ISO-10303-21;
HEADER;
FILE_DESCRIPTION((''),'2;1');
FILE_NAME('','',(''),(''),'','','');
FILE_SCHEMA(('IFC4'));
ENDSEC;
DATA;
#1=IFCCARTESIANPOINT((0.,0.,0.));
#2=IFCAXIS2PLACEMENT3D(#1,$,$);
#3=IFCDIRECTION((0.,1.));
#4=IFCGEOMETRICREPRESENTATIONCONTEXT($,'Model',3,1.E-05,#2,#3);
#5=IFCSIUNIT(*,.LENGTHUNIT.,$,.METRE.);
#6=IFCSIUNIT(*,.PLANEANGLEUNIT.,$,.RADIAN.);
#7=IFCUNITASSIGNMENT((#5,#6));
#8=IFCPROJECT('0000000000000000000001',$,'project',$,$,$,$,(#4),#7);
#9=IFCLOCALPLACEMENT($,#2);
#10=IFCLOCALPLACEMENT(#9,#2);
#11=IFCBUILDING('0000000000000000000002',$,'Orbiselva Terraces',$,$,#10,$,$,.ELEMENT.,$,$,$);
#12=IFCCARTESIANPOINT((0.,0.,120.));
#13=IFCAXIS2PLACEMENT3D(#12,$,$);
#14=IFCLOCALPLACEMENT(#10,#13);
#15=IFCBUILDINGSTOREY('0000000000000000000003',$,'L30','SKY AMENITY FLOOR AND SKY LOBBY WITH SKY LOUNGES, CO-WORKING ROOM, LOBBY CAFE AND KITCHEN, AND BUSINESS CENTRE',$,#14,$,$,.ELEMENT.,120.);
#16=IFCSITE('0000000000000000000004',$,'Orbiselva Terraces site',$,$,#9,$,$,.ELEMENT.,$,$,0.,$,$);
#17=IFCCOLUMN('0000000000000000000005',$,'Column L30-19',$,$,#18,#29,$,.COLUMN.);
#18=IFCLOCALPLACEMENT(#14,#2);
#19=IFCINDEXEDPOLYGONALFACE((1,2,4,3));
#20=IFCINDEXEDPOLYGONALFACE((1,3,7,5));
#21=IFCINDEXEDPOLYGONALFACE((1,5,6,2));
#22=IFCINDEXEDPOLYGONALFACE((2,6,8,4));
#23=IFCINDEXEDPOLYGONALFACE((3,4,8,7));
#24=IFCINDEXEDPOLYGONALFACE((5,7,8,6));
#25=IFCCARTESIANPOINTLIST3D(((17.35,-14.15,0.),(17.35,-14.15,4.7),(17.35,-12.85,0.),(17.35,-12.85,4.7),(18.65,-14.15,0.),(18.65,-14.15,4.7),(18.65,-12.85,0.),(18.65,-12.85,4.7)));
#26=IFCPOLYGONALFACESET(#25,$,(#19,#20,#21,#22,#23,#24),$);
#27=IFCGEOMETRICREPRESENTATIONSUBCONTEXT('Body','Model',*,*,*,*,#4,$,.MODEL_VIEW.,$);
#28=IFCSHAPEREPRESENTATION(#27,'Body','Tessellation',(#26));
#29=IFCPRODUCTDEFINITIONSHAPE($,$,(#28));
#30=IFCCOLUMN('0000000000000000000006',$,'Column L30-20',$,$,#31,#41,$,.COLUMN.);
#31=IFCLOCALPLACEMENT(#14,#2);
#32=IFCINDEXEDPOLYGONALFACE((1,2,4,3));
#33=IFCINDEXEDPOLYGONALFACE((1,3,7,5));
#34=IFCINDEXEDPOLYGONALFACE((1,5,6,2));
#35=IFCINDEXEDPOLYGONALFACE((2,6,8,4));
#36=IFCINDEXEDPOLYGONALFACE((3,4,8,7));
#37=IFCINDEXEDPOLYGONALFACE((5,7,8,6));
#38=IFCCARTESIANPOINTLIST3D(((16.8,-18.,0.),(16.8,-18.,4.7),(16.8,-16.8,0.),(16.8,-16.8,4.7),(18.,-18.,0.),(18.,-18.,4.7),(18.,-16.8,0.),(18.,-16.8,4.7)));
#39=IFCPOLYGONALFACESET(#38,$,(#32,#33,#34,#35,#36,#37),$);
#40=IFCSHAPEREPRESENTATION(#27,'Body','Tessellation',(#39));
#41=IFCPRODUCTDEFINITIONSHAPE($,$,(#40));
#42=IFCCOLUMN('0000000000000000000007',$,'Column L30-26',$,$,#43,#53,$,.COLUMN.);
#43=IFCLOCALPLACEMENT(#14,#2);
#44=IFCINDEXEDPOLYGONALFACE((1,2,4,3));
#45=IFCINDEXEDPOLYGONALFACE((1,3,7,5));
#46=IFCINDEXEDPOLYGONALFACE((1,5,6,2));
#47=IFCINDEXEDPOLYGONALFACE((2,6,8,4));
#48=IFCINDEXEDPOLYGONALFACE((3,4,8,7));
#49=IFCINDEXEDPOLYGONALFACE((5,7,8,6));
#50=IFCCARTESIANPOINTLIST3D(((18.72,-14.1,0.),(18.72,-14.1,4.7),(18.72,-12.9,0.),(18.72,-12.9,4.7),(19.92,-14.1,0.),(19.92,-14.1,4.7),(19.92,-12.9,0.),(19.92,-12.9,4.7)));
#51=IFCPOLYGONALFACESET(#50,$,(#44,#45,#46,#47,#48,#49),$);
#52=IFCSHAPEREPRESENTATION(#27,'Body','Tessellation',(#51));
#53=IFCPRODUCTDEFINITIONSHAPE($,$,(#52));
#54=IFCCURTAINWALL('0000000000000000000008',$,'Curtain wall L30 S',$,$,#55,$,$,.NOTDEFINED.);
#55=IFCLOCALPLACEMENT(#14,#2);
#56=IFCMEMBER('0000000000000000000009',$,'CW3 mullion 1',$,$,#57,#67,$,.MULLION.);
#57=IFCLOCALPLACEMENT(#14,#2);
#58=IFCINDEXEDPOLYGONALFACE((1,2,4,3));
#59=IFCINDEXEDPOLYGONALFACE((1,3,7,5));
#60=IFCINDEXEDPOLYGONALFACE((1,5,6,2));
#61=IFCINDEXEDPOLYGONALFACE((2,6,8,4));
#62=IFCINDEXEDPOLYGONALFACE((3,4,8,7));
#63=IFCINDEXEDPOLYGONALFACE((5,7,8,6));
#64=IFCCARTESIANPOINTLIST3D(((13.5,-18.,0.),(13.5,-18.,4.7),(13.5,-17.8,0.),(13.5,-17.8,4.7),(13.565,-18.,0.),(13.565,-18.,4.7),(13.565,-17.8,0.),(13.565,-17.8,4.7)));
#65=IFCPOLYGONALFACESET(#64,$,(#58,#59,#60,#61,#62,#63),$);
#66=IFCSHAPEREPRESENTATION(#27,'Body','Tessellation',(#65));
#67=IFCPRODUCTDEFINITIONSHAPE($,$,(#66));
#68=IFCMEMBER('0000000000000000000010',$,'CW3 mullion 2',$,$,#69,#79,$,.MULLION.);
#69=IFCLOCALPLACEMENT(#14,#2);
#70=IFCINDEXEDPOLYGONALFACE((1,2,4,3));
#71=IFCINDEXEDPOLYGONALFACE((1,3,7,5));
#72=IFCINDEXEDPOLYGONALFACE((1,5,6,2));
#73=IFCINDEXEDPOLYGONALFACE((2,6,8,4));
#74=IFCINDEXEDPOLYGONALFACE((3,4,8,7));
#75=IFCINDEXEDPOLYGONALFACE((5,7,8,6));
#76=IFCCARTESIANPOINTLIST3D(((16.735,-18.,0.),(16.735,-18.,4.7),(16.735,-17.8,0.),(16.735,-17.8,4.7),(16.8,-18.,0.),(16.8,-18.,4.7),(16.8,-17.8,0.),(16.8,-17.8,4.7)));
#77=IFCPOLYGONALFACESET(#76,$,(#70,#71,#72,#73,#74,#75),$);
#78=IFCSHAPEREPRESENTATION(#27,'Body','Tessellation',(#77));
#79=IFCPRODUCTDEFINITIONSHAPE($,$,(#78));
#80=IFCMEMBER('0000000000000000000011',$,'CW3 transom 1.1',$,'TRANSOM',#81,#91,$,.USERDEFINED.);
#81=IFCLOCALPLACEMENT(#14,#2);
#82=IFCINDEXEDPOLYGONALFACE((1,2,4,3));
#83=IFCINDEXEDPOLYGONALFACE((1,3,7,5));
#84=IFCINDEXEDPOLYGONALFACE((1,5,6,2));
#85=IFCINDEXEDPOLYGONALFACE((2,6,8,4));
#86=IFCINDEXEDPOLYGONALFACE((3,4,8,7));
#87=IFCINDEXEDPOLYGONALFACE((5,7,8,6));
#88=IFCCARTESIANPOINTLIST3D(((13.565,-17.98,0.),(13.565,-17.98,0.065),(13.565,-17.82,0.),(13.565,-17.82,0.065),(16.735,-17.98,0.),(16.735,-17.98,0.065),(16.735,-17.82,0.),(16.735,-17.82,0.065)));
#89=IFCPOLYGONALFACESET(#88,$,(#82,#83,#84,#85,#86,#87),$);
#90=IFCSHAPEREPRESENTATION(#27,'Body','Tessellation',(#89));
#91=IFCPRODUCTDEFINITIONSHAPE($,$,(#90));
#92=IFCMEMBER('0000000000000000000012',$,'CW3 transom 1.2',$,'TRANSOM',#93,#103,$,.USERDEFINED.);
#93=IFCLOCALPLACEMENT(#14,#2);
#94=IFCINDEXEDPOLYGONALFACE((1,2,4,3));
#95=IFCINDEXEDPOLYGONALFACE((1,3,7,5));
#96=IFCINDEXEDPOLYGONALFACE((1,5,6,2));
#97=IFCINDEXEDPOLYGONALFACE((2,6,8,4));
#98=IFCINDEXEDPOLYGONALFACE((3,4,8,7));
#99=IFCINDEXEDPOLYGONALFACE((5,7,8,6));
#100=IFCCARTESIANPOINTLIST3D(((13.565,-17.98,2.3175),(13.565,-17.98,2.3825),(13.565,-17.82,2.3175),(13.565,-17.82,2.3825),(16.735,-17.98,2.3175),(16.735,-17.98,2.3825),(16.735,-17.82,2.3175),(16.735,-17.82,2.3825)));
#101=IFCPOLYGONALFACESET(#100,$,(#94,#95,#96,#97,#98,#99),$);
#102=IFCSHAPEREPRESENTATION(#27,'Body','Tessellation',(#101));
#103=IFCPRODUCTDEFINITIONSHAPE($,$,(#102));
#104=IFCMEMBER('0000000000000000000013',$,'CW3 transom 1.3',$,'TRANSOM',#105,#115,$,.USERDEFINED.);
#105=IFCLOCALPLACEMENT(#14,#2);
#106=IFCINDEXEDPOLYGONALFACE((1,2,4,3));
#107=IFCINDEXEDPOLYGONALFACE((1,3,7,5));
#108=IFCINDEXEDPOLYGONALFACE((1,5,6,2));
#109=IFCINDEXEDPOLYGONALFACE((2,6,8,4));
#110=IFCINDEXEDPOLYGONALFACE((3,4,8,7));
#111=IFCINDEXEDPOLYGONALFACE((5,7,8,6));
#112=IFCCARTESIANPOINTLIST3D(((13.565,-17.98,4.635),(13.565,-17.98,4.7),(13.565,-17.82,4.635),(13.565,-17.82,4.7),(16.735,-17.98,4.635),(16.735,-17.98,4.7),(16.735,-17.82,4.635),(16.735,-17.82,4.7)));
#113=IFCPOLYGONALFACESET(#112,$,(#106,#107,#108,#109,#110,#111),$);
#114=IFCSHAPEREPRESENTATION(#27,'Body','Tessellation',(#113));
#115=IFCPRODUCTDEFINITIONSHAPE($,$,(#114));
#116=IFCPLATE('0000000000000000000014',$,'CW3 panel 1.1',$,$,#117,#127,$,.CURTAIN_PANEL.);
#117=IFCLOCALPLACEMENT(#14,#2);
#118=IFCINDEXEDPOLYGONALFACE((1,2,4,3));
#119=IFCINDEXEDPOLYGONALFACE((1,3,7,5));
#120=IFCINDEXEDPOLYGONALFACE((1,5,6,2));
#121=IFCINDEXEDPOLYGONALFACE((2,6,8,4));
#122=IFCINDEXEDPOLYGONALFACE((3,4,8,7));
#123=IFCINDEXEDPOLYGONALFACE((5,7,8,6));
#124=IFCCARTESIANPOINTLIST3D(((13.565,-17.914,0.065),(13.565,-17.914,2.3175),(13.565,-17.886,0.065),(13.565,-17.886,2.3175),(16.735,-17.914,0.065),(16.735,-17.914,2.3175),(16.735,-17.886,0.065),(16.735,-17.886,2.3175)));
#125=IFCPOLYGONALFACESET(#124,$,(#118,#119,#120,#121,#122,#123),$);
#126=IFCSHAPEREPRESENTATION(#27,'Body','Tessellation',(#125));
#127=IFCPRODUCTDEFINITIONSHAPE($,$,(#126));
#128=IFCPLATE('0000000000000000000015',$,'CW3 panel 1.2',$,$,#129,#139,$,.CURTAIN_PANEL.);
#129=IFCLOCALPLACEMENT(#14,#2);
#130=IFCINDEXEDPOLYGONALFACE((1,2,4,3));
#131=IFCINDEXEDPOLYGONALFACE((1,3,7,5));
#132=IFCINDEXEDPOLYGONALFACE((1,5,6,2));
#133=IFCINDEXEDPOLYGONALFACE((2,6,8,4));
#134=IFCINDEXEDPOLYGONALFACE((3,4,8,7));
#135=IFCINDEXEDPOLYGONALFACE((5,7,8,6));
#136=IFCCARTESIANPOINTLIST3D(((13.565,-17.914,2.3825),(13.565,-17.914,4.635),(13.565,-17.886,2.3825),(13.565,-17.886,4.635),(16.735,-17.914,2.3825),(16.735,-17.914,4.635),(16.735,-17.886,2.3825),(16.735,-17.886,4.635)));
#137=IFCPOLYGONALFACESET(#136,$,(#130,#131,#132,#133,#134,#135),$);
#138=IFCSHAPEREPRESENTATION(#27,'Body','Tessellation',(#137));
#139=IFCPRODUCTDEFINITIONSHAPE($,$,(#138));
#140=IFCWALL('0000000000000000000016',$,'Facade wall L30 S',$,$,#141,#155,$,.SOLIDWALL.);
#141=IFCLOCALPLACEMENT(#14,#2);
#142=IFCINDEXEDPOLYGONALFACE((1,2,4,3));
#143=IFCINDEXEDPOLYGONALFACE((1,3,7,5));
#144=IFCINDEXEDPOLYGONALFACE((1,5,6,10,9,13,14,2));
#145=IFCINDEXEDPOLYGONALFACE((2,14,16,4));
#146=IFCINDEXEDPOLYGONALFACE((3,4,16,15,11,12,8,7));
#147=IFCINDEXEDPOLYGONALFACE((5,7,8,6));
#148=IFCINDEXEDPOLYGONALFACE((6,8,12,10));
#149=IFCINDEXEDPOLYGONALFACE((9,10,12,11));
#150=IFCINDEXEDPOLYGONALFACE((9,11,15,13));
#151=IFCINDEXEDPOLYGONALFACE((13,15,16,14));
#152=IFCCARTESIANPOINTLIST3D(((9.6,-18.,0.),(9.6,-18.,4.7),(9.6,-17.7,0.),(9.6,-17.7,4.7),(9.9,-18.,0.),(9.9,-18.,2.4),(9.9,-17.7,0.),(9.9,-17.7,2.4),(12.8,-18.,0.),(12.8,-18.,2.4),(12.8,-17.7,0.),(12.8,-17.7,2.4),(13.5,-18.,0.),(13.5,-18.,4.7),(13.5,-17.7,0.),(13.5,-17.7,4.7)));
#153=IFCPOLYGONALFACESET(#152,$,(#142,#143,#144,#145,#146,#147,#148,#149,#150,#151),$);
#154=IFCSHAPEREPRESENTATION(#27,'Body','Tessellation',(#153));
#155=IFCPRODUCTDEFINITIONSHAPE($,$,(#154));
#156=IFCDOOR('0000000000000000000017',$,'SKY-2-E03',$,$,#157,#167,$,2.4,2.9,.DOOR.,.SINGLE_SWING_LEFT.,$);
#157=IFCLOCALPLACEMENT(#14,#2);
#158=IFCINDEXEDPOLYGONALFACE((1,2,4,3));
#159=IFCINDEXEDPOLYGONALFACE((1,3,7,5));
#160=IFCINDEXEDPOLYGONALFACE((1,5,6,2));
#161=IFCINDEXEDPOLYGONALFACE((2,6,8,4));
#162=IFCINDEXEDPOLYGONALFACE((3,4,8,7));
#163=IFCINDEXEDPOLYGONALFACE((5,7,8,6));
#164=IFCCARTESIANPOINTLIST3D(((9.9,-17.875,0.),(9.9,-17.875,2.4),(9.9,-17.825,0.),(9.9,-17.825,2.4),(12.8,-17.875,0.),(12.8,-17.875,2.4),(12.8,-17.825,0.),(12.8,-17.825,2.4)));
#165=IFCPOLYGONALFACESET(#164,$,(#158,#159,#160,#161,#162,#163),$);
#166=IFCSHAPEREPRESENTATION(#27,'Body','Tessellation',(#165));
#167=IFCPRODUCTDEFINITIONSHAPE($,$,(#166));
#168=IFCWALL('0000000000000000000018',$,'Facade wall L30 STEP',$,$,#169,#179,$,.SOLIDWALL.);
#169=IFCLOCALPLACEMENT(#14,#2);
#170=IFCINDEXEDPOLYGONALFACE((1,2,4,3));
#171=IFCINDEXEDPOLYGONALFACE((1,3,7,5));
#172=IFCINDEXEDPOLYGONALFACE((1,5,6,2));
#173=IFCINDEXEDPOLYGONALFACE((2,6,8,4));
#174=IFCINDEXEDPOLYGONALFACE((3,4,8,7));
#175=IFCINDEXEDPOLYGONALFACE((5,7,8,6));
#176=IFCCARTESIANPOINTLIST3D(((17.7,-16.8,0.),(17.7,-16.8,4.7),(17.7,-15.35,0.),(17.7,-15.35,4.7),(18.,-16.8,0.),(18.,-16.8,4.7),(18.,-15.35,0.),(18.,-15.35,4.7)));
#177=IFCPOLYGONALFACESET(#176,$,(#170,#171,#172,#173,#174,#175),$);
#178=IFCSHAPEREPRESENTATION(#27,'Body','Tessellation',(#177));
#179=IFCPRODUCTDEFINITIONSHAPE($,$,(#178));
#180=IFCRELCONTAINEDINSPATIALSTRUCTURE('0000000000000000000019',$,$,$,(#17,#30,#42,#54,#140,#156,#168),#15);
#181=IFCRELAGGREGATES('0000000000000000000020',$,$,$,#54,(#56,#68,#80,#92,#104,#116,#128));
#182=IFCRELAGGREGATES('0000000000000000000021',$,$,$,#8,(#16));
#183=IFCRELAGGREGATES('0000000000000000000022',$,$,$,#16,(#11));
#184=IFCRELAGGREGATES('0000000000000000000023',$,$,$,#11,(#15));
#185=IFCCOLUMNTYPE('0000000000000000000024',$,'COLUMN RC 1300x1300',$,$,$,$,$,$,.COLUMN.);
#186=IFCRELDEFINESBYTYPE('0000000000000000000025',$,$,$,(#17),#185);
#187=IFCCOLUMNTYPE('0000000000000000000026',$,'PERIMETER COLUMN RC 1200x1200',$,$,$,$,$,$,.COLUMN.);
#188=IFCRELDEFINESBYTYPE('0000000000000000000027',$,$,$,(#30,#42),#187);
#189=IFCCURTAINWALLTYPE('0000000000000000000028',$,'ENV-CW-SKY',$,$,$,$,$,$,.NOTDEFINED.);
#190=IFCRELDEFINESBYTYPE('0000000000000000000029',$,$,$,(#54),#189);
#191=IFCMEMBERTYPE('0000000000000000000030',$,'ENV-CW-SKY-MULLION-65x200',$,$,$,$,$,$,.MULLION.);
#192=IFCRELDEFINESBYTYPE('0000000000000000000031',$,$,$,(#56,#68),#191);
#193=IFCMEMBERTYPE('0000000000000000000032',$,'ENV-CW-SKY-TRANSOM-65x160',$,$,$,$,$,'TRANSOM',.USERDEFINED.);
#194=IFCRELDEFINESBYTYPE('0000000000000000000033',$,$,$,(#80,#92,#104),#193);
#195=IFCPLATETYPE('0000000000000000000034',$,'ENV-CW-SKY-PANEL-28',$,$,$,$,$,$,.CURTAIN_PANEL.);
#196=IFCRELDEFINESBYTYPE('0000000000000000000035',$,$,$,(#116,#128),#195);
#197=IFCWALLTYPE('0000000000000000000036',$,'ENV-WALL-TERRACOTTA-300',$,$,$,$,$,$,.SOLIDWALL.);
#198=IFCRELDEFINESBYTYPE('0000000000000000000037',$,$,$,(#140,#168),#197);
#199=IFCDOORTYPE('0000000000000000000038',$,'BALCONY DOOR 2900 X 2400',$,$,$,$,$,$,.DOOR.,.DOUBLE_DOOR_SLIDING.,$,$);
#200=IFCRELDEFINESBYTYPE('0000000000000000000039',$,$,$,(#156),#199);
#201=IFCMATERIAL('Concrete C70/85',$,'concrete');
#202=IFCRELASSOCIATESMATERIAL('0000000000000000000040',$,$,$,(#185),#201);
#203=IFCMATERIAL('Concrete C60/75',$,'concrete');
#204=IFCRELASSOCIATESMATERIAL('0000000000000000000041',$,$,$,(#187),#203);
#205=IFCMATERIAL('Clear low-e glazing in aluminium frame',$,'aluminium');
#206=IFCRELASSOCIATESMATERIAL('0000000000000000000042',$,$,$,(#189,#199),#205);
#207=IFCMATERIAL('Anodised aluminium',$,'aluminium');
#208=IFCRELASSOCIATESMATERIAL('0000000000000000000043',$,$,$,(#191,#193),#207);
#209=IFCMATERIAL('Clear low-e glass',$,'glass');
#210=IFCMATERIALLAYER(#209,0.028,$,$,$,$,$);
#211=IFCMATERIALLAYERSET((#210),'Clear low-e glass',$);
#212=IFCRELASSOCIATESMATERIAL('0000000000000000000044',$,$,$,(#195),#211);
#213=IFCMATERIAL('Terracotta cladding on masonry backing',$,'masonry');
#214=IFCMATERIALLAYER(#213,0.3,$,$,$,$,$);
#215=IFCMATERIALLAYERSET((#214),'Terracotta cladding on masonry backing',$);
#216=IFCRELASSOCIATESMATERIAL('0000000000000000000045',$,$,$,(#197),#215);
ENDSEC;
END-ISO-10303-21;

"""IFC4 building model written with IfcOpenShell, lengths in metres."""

from ifc_helpers import new_model, si_unit, direction, frame, frame_2d, origin, origin_2d, place, context, subcontext, project, spatial, rectangle, extrude, material, layer, layer_set, material_profile, profile_set, type_object, element, fill, aggregate, save


model = new_model("IFC4")

# Units and contexts
model_context = context("Model", 3, precision=1e-05, world=origin(), true_north=direction((0.0, 1.0)))
body_context = subcontext(model_context, "Body", "Model", "MODEL_VIEW")
ifc_project = project(units=[si_unit("LENGTHUNIT", "METRE"), si_unit("PLANEANGLEUNIT", "RADIAN")], contexts=[model_context])

# Site, building, storey
site_placement = place(None, origin())
site = spatial("IfcSite", under=ifc_project, at=site_placement, Name="Orbiselva Terraces site", CompositionType="ELEMENT", RefElevation=0.0)
building_placement = place(site_placement, origin())
building = spatial("IfcBuilding", under=site, at=building_placement, Name="Orbiselva Terraces", CompositionType="ELEMENT")
storey_placement = place(building_placement, frame((0.0, 0.0, 120.0)))
storey = spatial("IfcBuildingStorey", under=building, at=storey_placement, Name="L30", Description="SKY AMENITY FLOOR AND SKY LOBBY WITH SKY LOUNGES, CO-WORKING ROOM, LOBBY CAFE AND KITCHEN, AND BUSINESS CENTRE", CompositionType="ELEMENT", Elevation=120.0)

# Columns
ifc_material_1 = material(Name="Concrete C70/85", Category="concrete")
ifc_material_profile_1 = material_profile(ifc_material_1, rectangle(XDim=1.3, YDim=1.3, at=origin_2d()), Name="RC 1300x1300")
ifc_profile_set_1 = profile_set([ifc_material_profile_1], Name="Concrete C70/85")
column_type_1 = type_object("IfcColumnType", Name="COLUMN RC 1300x1300", PredefinedType="COLUMN", material=ifc_profile_set_1)
column_placement = place(storey_placement, frame((18.0, -13.5, 0.0), z_axis=(0.0, 0.0, 1.0), x_axis=(1.0, 0.0, 0.0)))
element("IfcColumn", 1, at=column_placement, inside=storey, type_object=column_type_1, Name="Column L30-19", PredefinedType="COLUMN", context=body_context, shape_type="SweptSolid", body=[
    extrude(rectangle(XDim=1.3, YDim=1.3, at=origin_2d()), origin(), (0.0, 0.0, 1.0), 4.7),
])
ifc_material_2 = material(Name="Concrete C60/75", Category="concrete")
ifc_material_profile_2 = material_profile(ifc_material_2, rectangle(XDim=1.2, YDim=1.2, at=origin_2d()), Name="RC 1200x1200")
ifc_profile_set_2 = profile_set([ifc_material_profile_2], Name="Concrete C60/75")
column_type_2 = type_object("IfcColumnType", Name="PERIMETER COLUMN RC 1200x1200", PredefinedType="COLUMN", material=ifc_profile_set_2)
for number, where, z_axis, x_axis, name in (
    (2, (17.4, -17.4, 0.0), (0.0, 0.0, 1.0), (1.0, 0.0, 0.0), "Column L30-20"),
    (3, (19.32, -13.5, 0.0), (0.0, 0.0, 1.0), (1.0, 0.0, 0.0), "Column L30-26"),
):
    element("IfcColumn", number, at=place(storey_placement, frame(where, z_axis=z_axis, x_axis=x_axis)), inside=storey, type_object=column_type_2, Name=name, PredefinedType="COLUMN", context=body_context, shape_type="SweptSolid", body=[
        extrude(rectangle(XDim=1.2, YDim=1.2, at=origin_2d()), origin(), (0.0, 0.0, 1.0), 4.7),
    ])

# Curtain wall, members, plates
ifc_material_3 = material(Name="Clear low-e glazing in aluminium frame", Category="aluminium")
curtain_wall_type = type_object("IfcCurtainWallType", Name="ENV-CW-SKY", PredefinedType="NOTDEFINED", material=ifc_material_3)
curtain_wall_placement = place(storey_placement, origin())
curtain_wall = element("IfcCurtainWall", 4, at=curtain_wall_placement, inside=storey, type_object=curtain_wall_type, Name="Curtain wall L30 S", PredefinedType="NOTDEFINED")
ifc_material_4 = material(Name="Anodised aluminium", Category="aluminium")
ifc_material_profile_3 = material_profile(ifc_material_4, rectangle(XDim=0.2, YDim=0.065, at=origin_2d()), Name="AL 65x200")
ifc_profile_set_3 = profile_set([ifc_material_profile_3], Name="Anodised aluminium")
member_type_1 = type_object("IfcMemberType", Name="ENV-CW-SKY-MULLION-65x200", PredefinedType="MULLION", material=ifc_profile_set_3)
member_1_placement = place(storey_placement, frame((13.5325, -17.9, 0.0), z_axis=(0.0, 0.0, 1.0), x_axis=(0.0, 1.0, 0.0)))
member_1 = element("IfcMember", 5, at=member_1_placement, type_object=member_type_1, Name="CW3 mullion 1", PredefinedType="MULLION", context=body_context, shape_type="SweptSolid", body=[
    extrude(rectangle(XDim=0.2, YDim=0.065, at=origin_2d()), origin(), (0.0, 0.0, 1.0), 4.7),
])
member_2_placement = place(storey_placement, frame((16.7675, -17.9, 0.0), z_axis=(0.0, 0.0, 1.0), x_axis=(0.0, 1.0, 0.0)))
member_2 = element("IfcMember", 6, at=member_2_placement, type_object=member_type_1, Name="CW3 mullion 2", PredefinedType="MULLION", context=body_context, shape_type="SweptSolid", body=[
    extrude(rectangle(XDim=0.2, YDim=0.065, at=origin_2d()), origin(), (0.0, 0.0, 1.0), 4.7),
])
ifc_material_profile_4 = material_profile(ifc_material_4, rectangle(XDim=0.16, YDim=0.065, at=origin_2d()), Name="AL 65x160")
ifc_profile_set_4 = profile_set([ifc_material_profile_4], Name="Anodised aluminium")
member_type_2 = type_object("IfcMemberType", Name="ENV-CW-SKY-TRANSOM-65x160", ElementType="TRANSOM", PredefinedType="USERDEFINED", material=ifc_profile_set_4)
member_3_placement = place(storey_placement, frame((13.565, -17.9, 0.0325), z_axis=(1.0, 0.0, 0.0), x_axis=(0.0, 1.0, 0.0)))
member_3 = element("IfcMember", 7, at=member_3_placement, type_object=member_type_2, Name="CW3 transom 1.1", ObjectType="TRANSOM", PredefinedType="USERDEFINED", context=body_context, shape_type="SweptSolid", body=[
    extrude(rectangle(XDim=0.16, YDim=0.065, at=origin_2d()), origin(), (0.0, 0.0, 1.0), 3.17),
])
member_4_placement = place(storey_placement, frame((13.565, -17.9, 2.35), z_axis=(1.0, 0.0, 0.0), x_axis=(0.0, 1.0, 0.0)))
member_4 = element("IfcMember", 8, at=member_4_placement, type_object=member_type_2, Name="CW3 transom 1.2", ObjectType="TRANSOM", PredefinedType="USERDEFINED", context=body_context, shape_type="SweptSolid", body=[
    extrude(rectangle(XDim=0.16, YDim=0.065, at=origin_2d()), origin(), (0.0, 0.0, 1.0), 3.17),
])
member_5_placement = place(storey_placement, frame((13.565, -17.9, 4.6675), z_axis=(1.0, 0.0, 0.0), x_axis=(0.0, 1.0, 0.0)))
member_5 = element("IfcMember", 9, at=member_5_placement, type_object=member_type_2, Name="CW3 transom 1.3", ObjectType="TRANSOM", PredefinedType="USERDEFINED", context=body_context, shape_type="SweptSolid", body=[
    extrude(rectangle(XDim=0.16, YDim=0.065, at=origin_2d()), origin(), (0.0, 0.0, 1.0), 3.17),
])
ifc_material_5 = material(Name="Clear low-e glass", Category="glass")
ifc_layer_1 = layer(ifc_material_5, 0.028)
ifc_layer_set_1 = layer_set([ifc_layer_1], Name="Clear low-e glass")
plate_type = type_object("IfcPlateType", Name="ENV-CW-SKY-PANEL-28", PredefinedType="CURTAIN_PANEL", material=ifc_layer_set_1)
plate_1_placement = place(storey_placement, frame((15.15, -17.9, 0.065), z_axis=(0.0, 0.0, 1.0), x_axis=(1.0, 0.0, 0.0)))
plate_1 = element("IfcPlate", 10, at=plate_1_placement, type_object=plate_type, Name="CW3 panel 1.1", PredefinedType="CURTAIN_PANEL", context=body_context, shape_type="SweptSolid", body=[
    extrude(rectangle(XDim=3.17, YDim=0.028, at=origin_2d()), origin(), (0.0, 0.0, 1.0), 2.2525),
])
plate_2_placement = place(storey_placement, frame((15.15, -17.9, 2.3825), z_axis=(0.0, 0.0, 1.0), x_axis=(1.0, 0.0, 0.0)))
plate_2 = element("IfcPlate", 11, at=plate_2_placement, type_object=plate_type, Name="CW3 panel 1.2", PredefinedType="CURTAIN_PANEL", context=body_context, shape_type="SweptSolid", body=[
    extrude(rectangle(XDim=3.17, YDim=0.028, at=origin_2d()), origin(), (0.0, 0.0, 1.0), 2.2525),
])
aggregate(curtain_wall, [member_1, member_2, member_3, member_4, member_5, plate_1, plate_2])

# Wall, opening, door
ifc_material_6 = material(Name="Terracotta cladding on masonry backing", Category="masonry")
ifc_layer_2 = layer(ifc_material_6, 0.3)
ifc_layer_set_2 = layer_set([ifc_layer_2], Name="Terracotta cladding on masonry backing")
wall_type = type_object("IfcWallType", Name="ENV-WALL-TERRACOTTA-300", PredefinedType="SOLIDWALL", material=ifc_layer_set_2)
wall_1_placement = place(storey_placement, frame((13.5, -17.85, 0.0), z_axis=(0.0, 0.0, 1.0), x_axis=(-1.0, 0.0, 0.0)))
wall_1 = element("IfcWall", 12, at=wall_1_placement, inside=storey, type_object=wall_type, Name="Facade wall L30 S", PredefinedType="SOLIDWALL", context=body_context, shape_type="SweptSolid", body=[
    extrude(rectangle(XDim=3.9, YDim=0.3, at=frame_2d((1.95, 0.0))), origin(), (0.0, 0.0, 1.0), 4.7),
])
opening_placement = place(wall_1_placement, frame((0.7, 0.0, 0.0)))
opening = element("IfcOpeningElement", 13, at=opening_placement, cuts=wall_1, PredefinedType="OPENING", context=body_context, shape_type="SweptSolid", body=[
    extrude(rectangle(XDim=2.9, YDim=2.4, at=frame_2d((1.45, 1.2))), frame((0.0, 0.16, 0.0), z_axis=(0.0, -1.0, 0.0), x_axis=(1.0, 0.0, 0.0)), (0.0, 0.0, 1.0), 0.32),
])
door_type = type_object("IfcDoorType", Name="BALCONY DOOR 2900 X 2400", OperationType="DOUBLE_DOOR_SLIDING", PredefinedType="DOOR", material=ifc_material_3)
door_placement = place(opening_placement, origin())
door = element("IfcDoor", 14, at=door_placement, inside=storey, type_object=door_type, Name="SKY-2-E03", OperationType="SINGLE_SWING_LEFT", OverallHeight=2.4, OverallWidth=2.9, PredefinedType="DOOR", context=body_context, shape_type="SweptSolid", body=[
    extrude(rectangle(XDim=2.9, YDim=2.4, at=frame_2d((1.45, 1.2))), frame((0.0, 0.025, 0.0), z_axis=(0.0, -1.0, 0.0), x_axis=(1.0, 0.0, 0.0)), (0.0, 0.0, 1.0), 0.05),
])
fill(opening, door)

# Wall
wall_2_placement = place(storey_placement, frame((17.85, -15.35, 0.0), z_axis=(0.0, 0.0, 1.0), x_axis=(0.0, -1.0, 0.0)))
element("IfcWall", 15, at=wall_2_placement, inside=storey, type_object=wall_type, Name="Facade wall L30 STEP", PredefinedType="SOLIDWALL", context=body_context, shape_type="SweptSolid", body=[
    extrude(rectangle(XDim=1.45, YDim=0.3, at=frame_2d((0.725, 0.0))), origin(), (0.0, 0.0, 1.0), 4.7),
])

save(model, "model.ifc")
